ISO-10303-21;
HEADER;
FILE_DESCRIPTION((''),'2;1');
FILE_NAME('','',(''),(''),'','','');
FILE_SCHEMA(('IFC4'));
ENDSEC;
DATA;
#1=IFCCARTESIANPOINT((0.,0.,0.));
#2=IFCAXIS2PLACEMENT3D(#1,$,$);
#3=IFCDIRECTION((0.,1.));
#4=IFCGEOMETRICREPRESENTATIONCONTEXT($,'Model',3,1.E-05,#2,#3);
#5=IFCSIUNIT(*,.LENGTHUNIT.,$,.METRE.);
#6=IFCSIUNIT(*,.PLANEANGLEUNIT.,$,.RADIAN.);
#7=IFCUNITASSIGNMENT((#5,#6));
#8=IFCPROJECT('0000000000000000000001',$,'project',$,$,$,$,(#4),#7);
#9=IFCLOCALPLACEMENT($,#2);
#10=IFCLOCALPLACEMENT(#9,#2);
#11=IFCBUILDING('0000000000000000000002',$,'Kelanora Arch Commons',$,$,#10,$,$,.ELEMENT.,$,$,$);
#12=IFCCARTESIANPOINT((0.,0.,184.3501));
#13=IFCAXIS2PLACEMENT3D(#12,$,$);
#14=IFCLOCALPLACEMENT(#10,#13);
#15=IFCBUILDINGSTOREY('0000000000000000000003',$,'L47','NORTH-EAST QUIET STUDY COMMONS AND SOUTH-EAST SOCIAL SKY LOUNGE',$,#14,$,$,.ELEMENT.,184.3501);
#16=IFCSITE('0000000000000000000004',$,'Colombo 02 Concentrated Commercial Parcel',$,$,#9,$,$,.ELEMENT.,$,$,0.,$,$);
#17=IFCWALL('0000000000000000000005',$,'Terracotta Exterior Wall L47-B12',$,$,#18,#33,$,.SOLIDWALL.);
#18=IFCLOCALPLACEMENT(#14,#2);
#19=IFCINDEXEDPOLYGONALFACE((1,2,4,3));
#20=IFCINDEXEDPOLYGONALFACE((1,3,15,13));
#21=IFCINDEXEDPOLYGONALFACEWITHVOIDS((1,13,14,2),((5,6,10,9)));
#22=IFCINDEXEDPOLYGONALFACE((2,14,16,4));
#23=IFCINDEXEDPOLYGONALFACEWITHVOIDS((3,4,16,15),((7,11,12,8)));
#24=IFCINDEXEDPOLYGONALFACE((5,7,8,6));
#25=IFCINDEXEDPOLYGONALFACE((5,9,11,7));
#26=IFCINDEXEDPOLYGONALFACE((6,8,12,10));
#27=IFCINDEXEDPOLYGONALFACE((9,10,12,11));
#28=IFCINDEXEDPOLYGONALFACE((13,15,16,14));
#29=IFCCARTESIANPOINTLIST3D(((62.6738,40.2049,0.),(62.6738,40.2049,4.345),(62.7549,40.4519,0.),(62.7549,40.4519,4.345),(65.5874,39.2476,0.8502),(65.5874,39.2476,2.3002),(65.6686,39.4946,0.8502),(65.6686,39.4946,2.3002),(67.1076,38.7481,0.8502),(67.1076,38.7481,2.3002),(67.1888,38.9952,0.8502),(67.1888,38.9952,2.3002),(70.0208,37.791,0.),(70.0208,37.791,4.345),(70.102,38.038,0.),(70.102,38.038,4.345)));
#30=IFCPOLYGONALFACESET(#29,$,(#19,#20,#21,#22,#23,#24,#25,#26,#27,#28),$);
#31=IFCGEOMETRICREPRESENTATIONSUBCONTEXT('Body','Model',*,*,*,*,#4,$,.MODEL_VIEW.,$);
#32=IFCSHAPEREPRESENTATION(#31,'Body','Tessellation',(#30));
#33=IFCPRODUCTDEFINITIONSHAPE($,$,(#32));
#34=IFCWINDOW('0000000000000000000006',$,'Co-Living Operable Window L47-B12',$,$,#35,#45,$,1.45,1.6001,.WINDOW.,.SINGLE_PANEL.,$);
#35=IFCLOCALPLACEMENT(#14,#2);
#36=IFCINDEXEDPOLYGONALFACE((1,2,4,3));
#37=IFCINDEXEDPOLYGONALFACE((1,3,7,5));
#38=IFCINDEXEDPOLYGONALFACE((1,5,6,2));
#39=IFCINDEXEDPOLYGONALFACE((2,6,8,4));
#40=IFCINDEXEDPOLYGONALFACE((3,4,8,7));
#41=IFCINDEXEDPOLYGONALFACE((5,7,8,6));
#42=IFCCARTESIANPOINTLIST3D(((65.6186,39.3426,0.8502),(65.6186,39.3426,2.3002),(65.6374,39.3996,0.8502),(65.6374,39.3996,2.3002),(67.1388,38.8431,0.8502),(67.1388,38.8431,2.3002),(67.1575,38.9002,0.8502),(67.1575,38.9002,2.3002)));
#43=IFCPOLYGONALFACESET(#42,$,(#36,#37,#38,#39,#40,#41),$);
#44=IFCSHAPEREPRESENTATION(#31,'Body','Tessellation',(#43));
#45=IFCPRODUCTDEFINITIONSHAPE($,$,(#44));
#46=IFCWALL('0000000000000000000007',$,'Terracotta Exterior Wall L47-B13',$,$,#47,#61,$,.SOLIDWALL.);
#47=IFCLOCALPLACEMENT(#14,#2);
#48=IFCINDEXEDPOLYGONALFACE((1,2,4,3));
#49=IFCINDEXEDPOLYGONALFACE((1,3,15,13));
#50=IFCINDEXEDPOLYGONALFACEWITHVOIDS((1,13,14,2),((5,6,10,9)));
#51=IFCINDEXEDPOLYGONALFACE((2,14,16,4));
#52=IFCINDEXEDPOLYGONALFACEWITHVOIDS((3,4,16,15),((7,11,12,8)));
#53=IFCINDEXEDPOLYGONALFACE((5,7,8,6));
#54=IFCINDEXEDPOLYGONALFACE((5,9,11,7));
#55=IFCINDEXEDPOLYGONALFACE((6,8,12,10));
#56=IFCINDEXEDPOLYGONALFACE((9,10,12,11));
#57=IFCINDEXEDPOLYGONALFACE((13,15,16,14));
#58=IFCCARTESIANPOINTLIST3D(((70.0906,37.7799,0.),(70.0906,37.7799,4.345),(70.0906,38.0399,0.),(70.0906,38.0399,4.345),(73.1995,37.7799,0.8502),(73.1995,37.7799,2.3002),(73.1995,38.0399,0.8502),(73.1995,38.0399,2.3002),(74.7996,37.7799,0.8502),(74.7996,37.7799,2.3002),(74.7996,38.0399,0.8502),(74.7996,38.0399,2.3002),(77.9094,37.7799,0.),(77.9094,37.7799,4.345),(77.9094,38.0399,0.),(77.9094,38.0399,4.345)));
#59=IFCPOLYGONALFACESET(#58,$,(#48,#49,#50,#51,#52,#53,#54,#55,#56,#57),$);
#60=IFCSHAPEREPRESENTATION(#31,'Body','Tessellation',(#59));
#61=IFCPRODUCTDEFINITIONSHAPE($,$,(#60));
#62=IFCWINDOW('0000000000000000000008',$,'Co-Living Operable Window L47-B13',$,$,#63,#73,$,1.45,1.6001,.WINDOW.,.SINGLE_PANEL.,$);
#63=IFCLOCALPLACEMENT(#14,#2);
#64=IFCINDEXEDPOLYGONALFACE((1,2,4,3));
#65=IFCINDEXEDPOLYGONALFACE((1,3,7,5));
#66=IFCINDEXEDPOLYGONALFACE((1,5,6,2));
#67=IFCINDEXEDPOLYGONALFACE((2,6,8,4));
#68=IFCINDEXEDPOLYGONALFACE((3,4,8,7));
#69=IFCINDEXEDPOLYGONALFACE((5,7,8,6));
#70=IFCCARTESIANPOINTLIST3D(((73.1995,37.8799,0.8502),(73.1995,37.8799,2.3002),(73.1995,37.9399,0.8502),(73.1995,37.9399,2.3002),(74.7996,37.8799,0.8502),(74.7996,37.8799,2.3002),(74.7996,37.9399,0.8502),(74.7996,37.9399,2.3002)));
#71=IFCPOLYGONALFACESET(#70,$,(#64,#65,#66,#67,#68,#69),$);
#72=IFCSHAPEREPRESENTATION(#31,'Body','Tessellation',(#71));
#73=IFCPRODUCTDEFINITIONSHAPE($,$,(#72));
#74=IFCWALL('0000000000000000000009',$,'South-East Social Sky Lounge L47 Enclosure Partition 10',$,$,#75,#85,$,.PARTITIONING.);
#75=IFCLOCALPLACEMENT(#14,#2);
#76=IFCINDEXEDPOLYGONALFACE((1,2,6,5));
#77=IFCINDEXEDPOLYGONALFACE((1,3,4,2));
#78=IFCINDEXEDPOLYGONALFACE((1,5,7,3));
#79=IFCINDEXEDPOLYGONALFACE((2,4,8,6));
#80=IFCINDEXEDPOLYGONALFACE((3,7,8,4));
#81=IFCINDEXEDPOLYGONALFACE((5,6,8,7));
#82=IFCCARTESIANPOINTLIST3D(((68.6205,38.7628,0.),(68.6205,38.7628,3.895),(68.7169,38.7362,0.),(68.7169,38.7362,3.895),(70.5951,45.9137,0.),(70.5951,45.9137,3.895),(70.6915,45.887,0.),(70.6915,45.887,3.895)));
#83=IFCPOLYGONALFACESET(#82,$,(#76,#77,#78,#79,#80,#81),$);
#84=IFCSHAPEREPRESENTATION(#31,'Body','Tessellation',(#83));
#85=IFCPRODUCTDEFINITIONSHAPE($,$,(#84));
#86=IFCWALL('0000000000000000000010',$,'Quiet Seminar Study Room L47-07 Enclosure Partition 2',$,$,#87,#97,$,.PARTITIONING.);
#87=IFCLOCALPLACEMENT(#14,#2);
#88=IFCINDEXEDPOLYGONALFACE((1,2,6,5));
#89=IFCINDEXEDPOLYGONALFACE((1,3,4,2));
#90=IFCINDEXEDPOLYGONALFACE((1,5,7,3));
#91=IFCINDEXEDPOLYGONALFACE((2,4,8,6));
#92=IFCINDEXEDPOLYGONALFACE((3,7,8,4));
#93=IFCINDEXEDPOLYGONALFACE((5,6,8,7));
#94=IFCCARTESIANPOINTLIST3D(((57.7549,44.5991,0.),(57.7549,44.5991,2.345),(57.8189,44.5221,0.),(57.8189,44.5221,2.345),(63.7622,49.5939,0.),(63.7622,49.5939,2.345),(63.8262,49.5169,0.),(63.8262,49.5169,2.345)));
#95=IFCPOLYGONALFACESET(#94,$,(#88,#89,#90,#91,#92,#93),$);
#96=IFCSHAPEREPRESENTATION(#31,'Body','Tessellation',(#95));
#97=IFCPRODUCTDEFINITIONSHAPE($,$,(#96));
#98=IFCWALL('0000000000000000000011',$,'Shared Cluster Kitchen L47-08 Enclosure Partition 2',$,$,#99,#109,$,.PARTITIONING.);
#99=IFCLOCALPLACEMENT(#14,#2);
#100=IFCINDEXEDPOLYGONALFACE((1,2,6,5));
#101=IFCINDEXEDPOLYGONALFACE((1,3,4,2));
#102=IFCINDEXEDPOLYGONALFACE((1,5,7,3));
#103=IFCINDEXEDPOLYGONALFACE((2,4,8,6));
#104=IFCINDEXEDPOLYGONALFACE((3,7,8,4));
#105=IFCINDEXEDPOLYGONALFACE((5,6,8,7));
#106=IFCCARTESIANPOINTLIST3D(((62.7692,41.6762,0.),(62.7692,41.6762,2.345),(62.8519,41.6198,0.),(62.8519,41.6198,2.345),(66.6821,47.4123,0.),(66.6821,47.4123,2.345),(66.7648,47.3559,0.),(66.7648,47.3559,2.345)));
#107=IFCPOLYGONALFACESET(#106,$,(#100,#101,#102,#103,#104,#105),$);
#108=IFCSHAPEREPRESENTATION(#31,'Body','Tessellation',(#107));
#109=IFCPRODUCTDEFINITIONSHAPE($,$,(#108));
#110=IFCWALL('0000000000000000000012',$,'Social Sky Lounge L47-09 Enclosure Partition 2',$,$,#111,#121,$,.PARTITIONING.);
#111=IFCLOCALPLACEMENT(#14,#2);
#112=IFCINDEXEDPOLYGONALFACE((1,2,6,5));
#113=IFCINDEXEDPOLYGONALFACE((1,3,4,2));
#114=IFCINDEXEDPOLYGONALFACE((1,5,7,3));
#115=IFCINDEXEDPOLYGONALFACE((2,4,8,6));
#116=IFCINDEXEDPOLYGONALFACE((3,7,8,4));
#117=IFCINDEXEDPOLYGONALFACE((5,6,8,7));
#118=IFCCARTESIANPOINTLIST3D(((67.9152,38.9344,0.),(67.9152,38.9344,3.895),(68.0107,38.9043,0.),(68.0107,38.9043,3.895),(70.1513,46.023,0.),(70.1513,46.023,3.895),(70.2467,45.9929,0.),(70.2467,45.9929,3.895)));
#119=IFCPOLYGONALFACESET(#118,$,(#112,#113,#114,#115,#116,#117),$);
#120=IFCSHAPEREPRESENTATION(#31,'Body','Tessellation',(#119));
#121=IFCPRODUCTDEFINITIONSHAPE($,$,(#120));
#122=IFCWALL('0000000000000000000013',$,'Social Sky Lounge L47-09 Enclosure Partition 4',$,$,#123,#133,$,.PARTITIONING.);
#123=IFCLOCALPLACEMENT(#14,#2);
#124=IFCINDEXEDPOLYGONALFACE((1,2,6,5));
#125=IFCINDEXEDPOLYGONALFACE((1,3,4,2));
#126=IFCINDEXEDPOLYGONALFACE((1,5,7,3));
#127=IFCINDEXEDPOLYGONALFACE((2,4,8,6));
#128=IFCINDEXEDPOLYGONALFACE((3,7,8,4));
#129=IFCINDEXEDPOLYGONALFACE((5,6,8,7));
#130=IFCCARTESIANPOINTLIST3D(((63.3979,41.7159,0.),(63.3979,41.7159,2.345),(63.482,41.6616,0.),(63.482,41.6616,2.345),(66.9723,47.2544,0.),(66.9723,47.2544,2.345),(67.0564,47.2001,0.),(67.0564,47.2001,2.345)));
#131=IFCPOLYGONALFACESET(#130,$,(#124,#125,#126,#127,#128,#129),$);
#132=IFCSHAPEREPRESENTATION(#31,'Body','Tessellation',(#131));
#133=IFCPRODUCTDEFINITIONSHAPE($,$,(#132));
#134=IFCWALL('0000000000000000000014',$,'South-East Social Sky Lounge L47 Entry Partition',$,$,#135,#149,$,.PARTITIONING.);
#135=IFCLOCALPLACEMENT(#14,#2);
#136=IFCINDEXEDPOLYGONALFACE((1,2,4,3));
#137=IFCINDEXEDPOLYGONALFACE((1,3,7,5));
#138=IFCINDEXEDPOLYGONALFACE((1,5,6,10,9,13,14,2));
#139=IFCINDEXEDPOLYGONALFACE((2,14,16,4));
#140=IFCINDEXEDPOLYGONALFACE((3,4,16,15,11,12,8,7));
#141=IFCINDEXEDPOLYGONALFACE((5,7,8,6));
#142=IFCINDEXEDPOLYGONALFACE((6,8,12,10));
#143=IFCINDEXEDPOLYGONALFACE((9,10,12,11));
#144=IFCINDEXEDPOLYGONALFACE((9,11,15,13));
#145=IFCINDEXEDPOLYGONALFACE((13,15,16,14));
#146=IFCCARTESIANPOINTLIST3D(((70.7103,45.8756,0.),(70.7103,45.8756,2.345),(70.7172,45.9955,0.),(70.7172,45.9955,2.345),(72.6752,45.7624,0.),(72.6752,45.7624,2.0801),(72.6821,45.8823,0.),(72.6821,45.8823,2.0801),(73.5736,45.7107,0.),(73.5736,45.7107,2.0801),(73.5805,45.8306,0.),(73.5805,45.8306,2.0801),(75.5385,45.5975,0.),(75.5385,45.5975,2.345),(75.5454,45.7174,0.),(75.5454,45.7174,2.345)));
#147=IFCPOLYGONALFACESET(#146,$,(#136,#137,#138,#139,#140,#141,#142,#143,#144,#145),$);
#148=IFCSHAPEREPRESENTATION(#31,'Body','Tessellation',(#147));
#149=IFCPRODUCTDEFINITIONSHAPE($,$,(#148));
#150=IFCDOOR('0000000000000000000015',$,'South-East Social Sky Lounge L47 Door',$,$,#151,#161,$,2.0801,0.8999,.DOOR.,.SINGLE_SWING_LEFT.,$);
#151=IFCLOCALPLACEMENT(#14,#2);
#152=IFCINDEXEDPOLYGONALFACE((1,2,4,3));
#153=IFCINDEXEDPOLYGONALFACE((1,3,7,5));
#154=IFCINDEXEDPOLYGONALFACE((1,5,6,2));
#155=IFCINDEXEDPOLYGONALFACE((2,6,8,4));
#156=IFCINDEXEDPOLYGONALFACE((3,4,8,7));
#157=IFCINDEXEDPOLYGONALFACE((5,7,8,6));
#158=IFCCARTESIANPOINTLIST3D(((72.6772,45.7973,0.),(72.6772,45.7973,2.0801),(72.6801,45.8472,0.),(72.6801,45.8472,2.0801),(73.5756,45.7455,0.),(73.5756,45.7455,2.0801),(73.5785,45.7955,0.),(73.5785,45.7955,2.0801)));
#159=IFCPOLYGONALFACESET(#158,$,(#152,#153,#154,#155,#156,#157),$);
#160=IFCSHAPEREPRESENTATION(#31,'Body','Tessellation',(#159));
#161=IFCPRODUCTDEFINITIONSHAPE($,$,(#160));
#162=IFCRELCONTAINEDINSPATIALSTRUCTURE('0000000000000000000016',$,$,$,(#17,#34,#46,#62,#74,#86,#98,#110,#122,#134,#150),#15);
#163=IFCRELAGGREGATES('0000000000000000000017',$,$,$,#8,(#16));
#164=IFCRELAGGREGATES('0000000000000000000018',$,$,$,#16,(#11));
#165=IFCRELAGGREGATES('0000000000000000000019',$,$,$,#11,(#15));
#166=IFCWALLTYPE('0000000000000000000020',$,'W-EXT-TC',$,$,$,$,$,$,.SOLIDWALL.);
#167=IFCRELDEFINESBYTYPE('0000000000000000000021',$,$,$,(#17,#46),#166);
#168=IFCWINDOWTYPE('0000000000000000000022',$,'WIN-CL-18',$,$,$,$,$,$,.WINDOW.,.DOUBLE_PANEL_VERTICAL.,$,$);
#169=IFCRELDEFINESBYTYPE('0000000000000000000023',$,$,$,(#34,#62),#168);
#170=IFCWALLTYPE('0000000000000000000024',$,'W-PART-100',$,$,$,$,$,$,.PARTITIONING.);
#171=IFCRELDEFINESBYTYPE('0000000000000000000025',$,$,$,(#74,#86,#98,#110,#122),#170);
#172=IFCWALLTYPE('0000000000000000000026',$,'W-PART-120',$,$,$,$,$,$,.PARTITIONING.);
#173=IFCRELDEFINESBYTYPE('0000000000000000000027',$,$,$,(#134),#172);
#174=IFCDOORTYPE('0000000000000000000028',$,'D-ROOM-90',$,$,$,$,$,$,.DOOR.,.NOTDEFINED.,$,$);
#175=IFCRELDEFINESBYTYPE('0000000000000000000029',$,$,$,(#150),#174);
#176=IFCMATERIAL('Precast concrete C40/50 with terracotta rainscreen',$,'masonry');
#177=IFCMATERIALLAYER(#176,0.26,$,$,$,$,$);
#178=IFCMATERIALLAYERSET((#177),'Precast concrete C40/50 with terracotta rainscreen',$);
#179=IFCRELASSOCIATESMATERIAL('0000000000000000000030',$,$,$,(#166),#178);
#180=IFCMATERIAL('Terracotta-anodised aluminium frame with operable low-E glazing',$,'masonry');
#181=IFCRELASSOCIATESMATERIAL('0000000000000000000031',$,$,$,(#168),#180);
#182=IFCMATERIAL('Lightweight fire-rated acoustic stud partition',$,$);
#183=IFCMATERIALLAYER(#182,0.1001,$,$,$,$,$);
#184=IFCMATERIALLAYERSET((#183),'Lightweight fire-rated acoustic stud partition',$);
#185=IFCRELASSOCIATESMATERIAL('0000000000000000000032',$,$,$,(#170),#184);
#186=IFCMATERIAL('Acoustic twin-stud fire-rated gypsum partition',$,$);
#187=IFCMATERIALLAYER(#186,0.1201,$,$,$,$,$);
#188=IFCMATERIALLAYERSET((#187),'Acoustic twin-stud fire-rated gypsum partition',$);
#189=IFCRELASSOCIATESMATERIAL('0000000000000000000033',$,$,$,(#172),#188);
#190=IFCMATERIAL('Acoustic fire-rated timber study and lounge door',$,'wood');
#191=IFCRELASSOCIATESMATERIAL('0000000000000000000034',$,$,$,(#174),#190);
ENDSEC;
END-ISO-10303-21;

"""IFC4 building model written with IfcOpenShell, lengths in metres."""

from ifc_helpers import new_model, si_unit, direction, frame, frame_2d, origin, place, context, subcontext, project, spatial, rectangle, extrude, material, layer, layer_set, type_object, element, fill, save


model = new_model("IFC4")

# Units and contexts
model_context = context("Model", 3, precision=1e-05, world=origin(), true_north=direction((0.0, 1.0)))
body_context = subcontext(model_context, "Body", "Model", "MODEL_VIEW")
ifc_project = project(units=[si_unit("LENGTHUNIT", "METRE"), si_unit("PLANEANGLEUNIT", "RADIAN")], contexts=[model_context])

# Site, building, storey
site_placement = place(None, origin())
site = spatial("IfcSite", under=ifc_project, at=site_placement, Name="Colombo 02 Concentrated Commercial Parcel", CompositionType="ELEMENT", RefElevation=0.0)
building_placement = place(site_placement, origin())
building = spatial("IfcBuilding", under=site, at=building_placement, Name="Kelanora Arch Commons", CompositionType="ELEMENT")
storey_placement = place(building_placement, frame((0.0, 0.0, 184.3501)))
storey = spatial("IfcBuildingStorey", under=building, at=storey_placement, Name="L47", Description="NORTH-EAST QUIET STUDY COMMONS AND SOUTH-EAST SOCIAL SKY LOUNGE", CompositionType="ELEMENT", Elevation=184.3501)

# Walls, openings, windows
ifc_material_1 = material(Name="Precast concrete C40/50 with terracotta rainscreen", Category="masonry")
ifc_layer_1 = layer(ifc_material_1, 0.26)
ifc_layer_set_1 = layer_set([ifc_layer_1], Name="Precast concrete C40/50 with terracotta rainscreen")
wall_type_1 = type_object("IfcWallType", Name="W-EXT-TC", PredefinedType="SOLIDWALL", material=ifc_layer_set_1)
wall_1_placement = place(storey_placement, frame((62.7144, 40.3284, 0.0), z_axis=(0.0, 0.0, 1.0), x_axis=(0.950038, -0.312133, 0.0)))
wall_1 = element("IfcWall", 1, at=wall_1_placement, inside=storey, type_object=wall_type_1, Name="Terracotta Exterior Wall L47-B12", PredefinedType="SOLIDWALL", context=body_context, shape_type="SweptSolid", body=[
    extrude(rectangle(XDim=7.7334, YDim=0.26, at=frame_2d((3.8667, 0.0))), origin(), (0.0, 0.0, 1.0), 4.345),
])
opening_1_placement = place(wall_1_placement, frame((3.0669, 0.0, 0.8501)))
opening_1 = element("IfcOpeningElement", 2, at=opening_1_placement, cuts=wall_1, PredefinedType="OPENING", context=body_context, shape_type="SweptSolid", body=[
    extrude(rectangle(XDim=1.6001, YDim=1.45, at=frame_2d((0.8, 0.7251))), frame((0.0, 0.1401, 0.0), z_axis=(0.0, -1.0, 0.0), x_axis=(1.0, 0.0, 0.0)), (0.0, 0.0, 1.0), 0.28),
])
ifc_material_2 = material(Name="Terracotta-anodised aluminium frame with operable low-E glazing", Category="masonry")
window_type = type_object("IfcWindowType", Name="WIN-CL-18", PartitioningType="DOUBLE_PANEL_VERTICAL", PredefinedType="WINDOW", material=ifc_material_2)
window_1_placement = place(opening_1_placement, origin())
window_1 = element("IfcWindow", 3, at=window_1_placement, inside=storey, type_object=window_type, Name="Co-Living Operable Window L47-B12", OverallHeight=1.45, OverallWidth=1.6001, PartitioningType="SINGLE_PANEL", PredefinedType="WINDOW", context=body_context, shape_type="SweptSolid", body=[
    extrude(rectangle(XDim=1.6001, YDim=1.45, at=frame_2d((0.8, 0.7251))), frame((0.0, 0.03, 0.0), z_axis=(0.0, -1.0, 0.0), x_axis=(1.0, 0.0, 0.0)), (0.0, 0.0, 1.0), 0.0601),
])
fill(opening_1, window_1)
wall_2_placement = place(storey_placement, frame((70.0906, 37.9099, 0.0), z_axis=(0.0, 0.0, 1.0), x_axis=(1.0, 0.0, 0.0)))
wall_2 = element("IfcWall", 4, at=wall_2_placement, inside=storey, type_object=wall_type_1, Name="Terracotta Exterior Wall L47-B13", PredefinedType="SOLIDWALL", context=body_context, shape_type="SweptSolid", body=[
    extrude(rectangle(XDim=7.8188, YDim=0.26, at=frame_2d((3.9094, 0.0))), origin(), (0.0, 0.0, 1.0), 4.345),
])
opening_2_placement = place(wall_2_placement, frame((3.1089, 0.0, 0.8501)))
opening_2 = element("IfcOpeningElement", 5, at=opening_2_placement, cuts=wall_2, PredefinedType="OPENING", context=body_context, shape_type="SweptSolid", body=[
    extrude(rectangle(XDim=1.6001, YDim=1.45, at=frame_2d((0.8, 0.7251))), frame((0.0, 0.1401, 0.0), z_axis=(0.0, -1.0, 0.0), x_axis=(1.0, 0.0, 0.0)), (0.0, 0.0, 1.0), 0.28),
])
window_2_placement = place(opening_2_placement, origin())
window_2 = element("IfcWindow", 6, at=window_2_placement, inside=storey, type_object=window_type, Name="Co-Living Operable Window L47-B13", OverallHeight=1.45, OverallWidth=1.6001, PartitioningType="SINGLE_PANEL", PredefinedType="WINDOW", context=body_context, shape_type="SweptSolid", body=[
    extrude(rectangle(XDim=1.6001, YDim=1.45, at=frame_2d((0.8, 0.7251))), frame((0.0, 0.03, 0.0), z_axis=(0.0, -1.0, 0.0), x_axis=(1.0, 0.0, 0.0)), (0.0, 0.0, 1.0), 0.0601),
])
fill(opening_2, window_2)

# Walls
ifc_material_3 = material(Name="Lightweight fire-rated acoustic stud partition")
ifc_layer_2 = layer(ifc_material_3, 0.1001)
ifc_layer_set_2 = layer_set([ifc_layer_2], Name="Lightweight fire-rated acoustic stud partition")
wall_type_2 = type_object("IfcWallType", Name="W-PART-100", PredefinedType="PARTITIONING", material=ifc_layer_set_2)
wall_3_placement = place(storey_placement, frame((68.6687, 38.7495, 0.0), z_axis=(0.0, 0.0, 1.0), x_axis=(0.266174, 0.963925, 0.0)))
element("IfcWall", 7, at=wall_3_placement, inside=storey, type_object=wall_type_2, Name="South-East Social Sky Lounge L47 Enclosure Partition 10", PredefinedType="PARTITIONING", context=body_context, shape_type="SweptSolid", body=[
    extrude(rectangle(XDim=7.4185, YDim=0.1001, at=frame_2d((3.7092, 0.0))), origin(), (0.0, 0.0, 1.0), 3.895),
])
wall_4_placement = place(storey_placement, frame((63.7942, 49.5554, 0.0), z_axis=(0.0, 0.0, 1.0), x_axis=(-0.768928, -0.639336, 0.0)))
element("IfcWall", 8, at=wall_4_placement, inside=storey, type_object=wall_type_2, Name="Quiet Seminar Study Room L47-07 Enclosure Partition 2", PredefinedType="PARTITIONING", context=body_context, shape_type="SweptSolid", body=[
    extrude(rectangle(XDim=7.8125, YDim=0.1001, at=frame_2d((3.9062, 0.0))), origin(), (0.0, 0.0, 1.0), 2.345),
])
wall_5_placement = place(storey_placement, frame((66.7234, 47.384, 0.0), z_axis=(0.0, 0.0, 1.0), x_axis=(-0.563521, -0.826102, 0.0)))
element("IfcWall", 9, at=wall_5_placement, inside=storey, type_object=wall_type_2, Name="Shared Cluster Kitchen L47-08 Enclosure Partition 2", PredefinedType="PARTITIONING", context=body_context, shape_type="SweptSolid", body=[
    extrude(rectangle(XDim=6.9436, YDim=0.1001, at=frame_2d((3.4717, 0.0))), origin(), (0.0, 0.0, 1.0), 2.345),
])
wall_6_placement = place(storey_placement, frame((70.199, 46.0078, 0.0), z_axis=(0.0, 0.0, 1.0), x_axis=(-0.300834, -0.953676, 0.0)))
element("IfcWall", 10, at=wall_6_placement, inside=storey, type_object=wall_type_2, Name="Social Sky Lounge L47-09 Enclosure Partition 2", PredefinedType="PARTITIONING", context=body_context, shape_type="SweptSolid", body=[
    extrude(rectangle(XDim=7.4329, YDim=0.1001, at=frame_2d((3.7163, 0.0))), origin(), (0.0, 0.0, 1.0), 3.895),
])
wall_7_placement = place(storey_placement, frame((63.4399, 41.6887, 0.0), z_axis=(0.0, 0.0, 1.0), x_axis=(0.542254, 0.840214, 0.0)))
element("IfcWall", 11, at=wall_7_placement, inside=storey, type_object=wall_type_2, Name="Social Sky Lounge L47-09 Enclosure Partition 4", PredefinedType="PARTITIONING", context=body_context, shape_type="SweptSolid", body=[
    extrude(rectangle(XDim=6.5918, YDim=0.1001, at=frame_2d((3.2959, 0.0))), origin(), (0.0, 0.0, 1.0), 2.345),
])

# Wall, opening, door
ifc_material_4 = material(Name="Acoustic twin-stud fire-rated gypsum partition")
ifc_layer_3 = layer(ifc_material_4, 0.1201)
ifc_layer_set_3 = layer_set([ifc_layer_3], Name="Acoustic twin-stud fire-rated gypsum partition")
wall_type_3 = type_object("IfcWallType", Name="W-PART-120", PredefinedType="PARTITIONING", material=ifc_layer_set_3)
wall_8_placement = place(storey_placement, frame((70.7139, 45.9355, 0.0), z_axis=(0.0, 0.0, 1.0), x_axis=(0.998346, -0.0575, 0.0)))
wall_8 = element("IfcWall", 12, at=wall_8_placement, inside=storey, type_object=wall_type_3, Name="South-East Social Sky Lounge L47 Entry Partition", PredefinedType="PARTITIONING", context=body_context, shape_type="SweptSolid", body=[
    extrude(rectangle(XDim=4.8362, YDim=0.1201, at=frame_2d((2.418, 0.0))), origin(), (0.0, 0.0, 1.0), 2.345),
])
opening_3_placement = place(wall_8_placement, frame((1.968, 0.0, 0.0)))
opening_3 = element("IfcOpeningElement", 13, at=opening_3_placement, cuts=wall_8, PredefinedType="OPENING", context=body_context, shape_type="SweptSolid", body=[
    extrude(rectangle(XDim=0.8999, YDim=2.0801, at=frame_2d((0.45, 1.04))), frame((0.0, 0.0701, 0.0), z_axis=(0.0, -1.0, 0.0), x_axis=(1.0, 0.0, 0.0)), (0.0, 0.0, 1.0), 0.1401),
])
ifc_material_5 = material(Name="Acoustic fire-rated timber study and lounge door", Category="wood")
door_type = type_object("IfcDoorType", Name="D-ROOM-90", OperationType="NOTDEFINED", PredefinedType="DOOR", material=ifc_material_5)
door_1_placement = place(opening_3_placement, origin())
door_1 = element("IfcDoor", 14, at=door_1_placement, inside=storey, type_object=door_type, Name="South-East Social Sky Lounge L47 Door", OperationType="SINGLE_SWING_LEFT", OverallHeight=2.0801, OverallWidth=0.8999, PredefinedType="DOOR", context=body_context, shape_type="SweptSolid", body=[
    extrude(rectangle(XDim=0.8999, YDim=2.0801, at=frame_2d((0.45, 1.04))), frame((0.0, 0.0249, 0.0), z_axis=(0.0, -1.0, 0.0), x_axis=(1.0, 0.0, 0.0)), (0.0, 0.0, 1.0), 0.05),
])
fill(opening_3, door_1)

save(model, "model.ifc")
